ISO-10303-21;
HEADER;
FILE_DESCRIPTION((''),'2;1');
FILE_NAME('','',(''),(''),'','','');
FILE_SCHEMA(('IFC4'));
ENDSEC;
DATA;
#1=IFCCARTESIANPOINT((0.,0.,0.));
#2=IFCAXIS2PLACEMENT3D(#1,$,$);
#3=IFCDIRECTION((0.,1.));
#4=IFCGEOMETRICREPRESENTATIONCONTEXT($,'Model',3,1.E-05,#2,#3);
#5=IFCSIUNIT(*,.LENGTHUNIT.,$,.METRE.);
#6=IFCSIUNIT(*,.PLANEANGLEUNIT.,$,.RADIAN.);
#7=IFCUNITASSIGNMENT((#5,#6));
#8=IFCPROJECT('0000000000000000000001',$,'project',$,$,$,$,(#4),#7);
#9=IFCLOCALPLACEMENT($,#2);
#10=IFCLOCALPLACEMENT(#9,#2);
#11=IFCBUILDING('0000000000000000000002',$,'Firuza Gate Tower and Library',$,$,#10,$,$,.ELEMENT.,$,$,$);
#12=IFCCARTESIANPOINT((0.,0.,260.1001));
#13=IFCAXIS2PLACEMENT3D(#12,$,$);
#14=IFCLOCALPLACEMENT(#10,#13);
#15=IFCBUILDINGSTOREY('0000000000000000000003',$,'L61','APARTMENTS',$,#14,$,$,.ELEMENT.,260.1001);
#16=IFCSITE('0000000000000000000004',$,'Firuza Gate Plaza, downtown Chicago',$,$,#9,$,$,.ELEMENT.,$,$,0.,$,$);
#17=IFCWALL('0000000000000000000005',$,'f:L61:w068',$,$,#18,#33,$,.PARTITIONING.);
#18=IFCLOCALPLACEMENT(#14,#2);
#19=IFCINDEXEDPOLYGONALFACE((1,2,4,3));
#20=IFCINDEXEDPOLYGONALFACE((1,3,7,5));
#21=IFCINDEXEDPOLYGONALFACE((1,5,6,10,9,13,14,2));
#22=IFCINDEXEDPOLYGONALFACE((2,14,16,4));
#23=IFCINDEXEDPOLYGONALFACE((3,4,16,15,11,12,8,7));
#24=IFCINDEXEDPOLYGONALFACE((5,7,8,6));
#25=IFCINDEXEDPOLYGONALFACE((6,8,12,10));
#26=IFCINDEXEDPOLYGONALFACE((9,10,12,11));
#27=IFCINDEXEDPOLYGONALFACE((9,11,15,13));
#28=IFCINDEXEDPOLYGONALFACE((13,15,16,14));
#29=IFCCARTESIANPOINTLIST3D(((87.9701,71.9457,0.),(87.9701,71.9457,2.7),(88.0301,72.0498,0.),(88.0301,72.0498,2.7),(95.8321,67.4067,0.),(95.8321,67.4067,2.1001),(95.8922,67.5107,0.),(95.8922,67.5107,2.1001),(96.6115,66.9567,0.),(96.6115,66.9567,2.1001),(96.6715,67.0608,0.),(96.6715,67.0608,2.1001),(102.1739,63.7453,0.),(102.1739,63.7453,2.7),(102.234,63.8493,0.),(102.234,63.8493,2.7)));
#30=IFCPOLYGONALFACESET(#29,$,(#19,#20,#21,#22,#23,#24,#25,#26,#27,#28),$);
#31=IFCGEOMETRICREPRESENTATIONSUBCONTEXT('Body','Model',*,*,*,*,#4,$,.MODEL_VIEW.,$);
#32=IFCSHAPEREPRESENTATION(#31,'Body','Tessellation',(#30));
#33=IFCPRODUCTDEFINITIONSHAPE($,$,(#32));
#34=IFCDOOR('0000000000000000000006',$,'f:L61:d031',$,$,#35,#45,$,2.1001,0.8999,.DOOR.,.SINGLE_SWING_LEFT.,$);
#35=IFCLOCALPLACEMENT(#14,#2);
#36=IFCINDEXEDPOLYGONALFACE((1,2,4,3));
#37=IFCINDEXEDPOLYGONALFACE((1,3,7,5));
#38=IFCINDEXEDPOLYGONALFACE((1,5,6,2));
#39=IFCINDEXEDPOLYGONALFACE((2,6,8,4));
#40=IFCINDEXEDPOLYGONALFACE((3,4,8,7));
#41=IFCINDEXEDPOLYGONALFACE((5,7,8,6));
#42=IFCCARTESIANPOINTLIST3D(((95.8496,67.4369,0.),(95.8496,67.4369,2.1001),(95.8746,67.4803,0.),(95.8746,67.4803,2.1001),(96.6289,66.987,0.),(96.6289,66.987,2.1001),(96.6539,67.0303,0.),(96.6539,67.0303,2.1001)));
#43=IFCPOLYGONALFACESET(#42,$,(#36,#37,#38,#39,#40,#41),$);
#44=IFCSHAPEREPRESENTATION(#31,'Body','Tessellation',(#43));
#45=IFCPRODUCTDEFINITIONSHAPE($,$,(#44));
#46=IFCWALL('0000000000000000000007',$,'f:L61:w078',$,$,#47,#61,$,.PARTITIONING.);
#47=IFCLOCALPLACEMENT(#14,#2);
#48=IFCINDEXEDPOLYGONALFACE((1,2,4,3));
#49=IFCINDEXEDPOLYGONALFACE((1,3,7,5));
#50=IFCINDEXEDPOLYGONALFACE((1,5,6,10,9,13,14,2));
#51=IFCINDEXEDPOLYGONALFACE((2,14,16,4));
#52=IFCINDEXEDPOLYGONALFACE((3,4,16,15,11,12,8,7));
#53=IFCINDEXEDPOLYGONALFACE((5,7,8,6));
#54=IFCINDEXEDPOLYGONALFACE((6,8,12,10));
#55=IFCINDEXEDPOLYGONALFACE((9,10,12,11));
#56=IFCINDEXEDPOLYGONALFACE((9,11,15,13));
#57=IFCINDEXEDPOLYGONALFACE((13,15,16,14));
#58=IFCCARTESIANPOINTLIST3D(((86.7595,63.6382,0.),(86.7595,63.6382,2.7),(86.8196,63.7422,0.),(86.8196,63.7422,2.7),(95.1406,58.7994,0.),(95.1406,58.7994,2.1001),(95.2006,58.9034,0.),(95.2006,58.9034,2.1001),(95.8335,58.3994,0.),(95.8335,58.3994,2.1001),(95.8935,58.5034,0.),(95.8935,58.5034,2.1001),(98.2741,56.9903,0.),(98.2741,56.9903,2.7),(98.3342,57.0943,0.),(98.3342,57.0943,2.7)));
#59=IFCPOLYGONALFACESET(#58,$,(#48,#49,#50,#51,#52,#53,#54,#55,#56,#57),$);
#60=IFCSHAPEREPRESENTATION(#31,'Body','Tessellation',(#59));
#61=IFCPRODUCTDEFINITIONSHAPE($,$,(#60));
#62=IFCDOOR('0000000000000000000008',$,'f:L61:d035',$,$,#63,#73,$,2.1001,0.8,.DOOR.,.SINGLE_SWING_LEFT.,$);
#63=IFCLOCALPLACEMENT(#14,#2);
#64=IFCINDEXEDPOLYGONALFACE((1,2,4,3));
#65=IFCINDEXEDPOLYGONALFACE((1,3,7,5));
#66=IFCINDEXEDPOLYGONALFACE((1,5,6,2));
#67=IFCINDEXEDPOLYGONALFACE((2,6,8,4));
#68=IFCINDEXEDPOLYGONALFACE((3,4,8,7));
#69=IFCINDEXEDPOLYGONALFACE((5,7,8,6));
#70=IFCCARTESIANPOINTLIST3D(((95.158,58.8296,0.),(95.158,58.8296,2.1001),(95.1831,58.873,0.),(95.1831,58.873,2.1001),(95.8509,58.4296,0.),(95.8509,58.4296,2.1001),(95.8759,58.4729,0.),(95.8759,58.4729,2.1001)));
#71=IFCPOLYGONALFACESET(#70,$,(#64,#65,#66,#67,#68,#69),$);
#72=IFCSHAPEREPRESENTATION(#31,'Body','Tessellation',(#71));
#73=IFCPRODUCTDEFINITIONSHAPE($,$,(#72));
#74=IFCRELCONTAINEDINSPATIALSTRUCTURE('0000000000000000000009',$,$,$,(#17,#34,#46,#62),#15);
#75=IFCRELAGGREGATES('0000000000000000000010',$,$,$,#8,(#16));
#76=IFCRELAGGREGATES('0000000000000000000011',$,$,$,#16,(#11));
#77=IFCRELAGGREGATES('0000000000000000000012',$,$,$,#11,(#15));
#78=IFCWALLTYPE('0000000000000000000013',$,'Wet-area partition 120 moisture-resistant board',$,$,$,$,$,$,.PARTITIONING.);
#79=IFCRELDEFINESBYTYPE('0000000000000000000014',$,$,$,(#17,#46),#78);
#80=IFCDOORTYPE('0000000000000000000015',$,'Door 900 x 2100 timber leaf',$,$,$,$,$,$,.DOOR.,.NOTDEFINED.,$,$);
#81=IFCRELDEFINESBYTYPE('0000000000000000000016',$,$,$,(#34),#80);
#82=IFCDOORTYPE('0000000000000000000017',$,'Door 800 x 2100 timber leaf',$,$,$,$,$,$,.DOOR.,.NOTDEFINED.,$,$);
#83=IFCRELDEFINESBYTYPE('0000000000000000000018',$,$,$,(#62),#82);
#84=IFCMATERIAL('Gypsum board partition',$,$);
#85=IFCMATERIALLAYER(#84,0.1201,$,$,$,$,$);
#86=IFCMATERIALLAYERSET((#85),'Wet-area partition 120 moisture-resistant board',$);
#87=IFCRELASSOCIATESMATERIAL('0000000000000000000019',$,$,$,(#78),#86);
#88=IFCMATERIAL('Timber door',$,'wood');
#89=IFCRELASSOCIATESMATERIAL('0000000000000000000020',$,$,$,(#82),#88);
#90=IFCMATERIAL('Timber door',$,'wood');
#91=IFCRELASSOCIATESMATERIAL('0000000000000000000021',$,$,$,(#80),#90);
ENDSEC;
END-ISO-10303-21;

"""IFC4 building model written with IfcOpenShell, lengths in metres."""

from ifc_helpers import new_model, si_unit, direction, frame, frame_2d, origin, place, context, subcontext, project, spatial, rectangle, extrude, material, layer, layer_set, type_object, element, fill, save


model = new_model("IFC4")

# Units and contexts
model_context = context("Model", 3, precision=1e-05, world=origin(), true_north=direction((0.0, 1.0)))
body_context = subcontext(model_context, "Body", "Model", "MODEL_VIEW")
ifc_project = project(units=[si_unit("LENGTHUNIT", "METRE"), si_unit("PLANEANGLEUNIT", "RADIAN")], contexts=[model_context])

# Site, building, storey
site_placement = place(None, origin())
site = spatial("IfcSite", under=ifc_project, at=site_placement, Name="Firuza Gate Plaza, downtown Chicago", CompositionType="ELEMENT", RefElevation=0.0)
building_placement = place(site_placement, origin())
building = spatial("IfcBuilding", under=site, at=building_placement, Name="Firuza Gate Tower and Library", CompositionType="ELEMENT")
storey_placement = place(building_placement, frame((0.0, 0.0, 260.1001)))
storey = spatial("IfcBuildingStorey", under=building, at=storey_placement, Name="L61", Description="APARTMENTS", CompositionType="ELEMENT", Elevation=260.1001)

# Shared definitions
ifc_material_1 = material(Name="Gypsum board partition")
ifc_layer_1 = layer(ifc_material_1, 0.1201)
ifc_layer_set_1 = layer_set([ifc_layer_1], Name="Wet-area partition 120 moisture-resistant board")
wall_type_1 = type_object("IfcWallType", Name="Wet-area partition 120 moisture-resistant board", PredefinedType="PARTITIONING", material=ifc_layer_set_1)
ifc_material_2 = material(Name="Timber door", Category="wood")
door_type_1 = type_object("IfcDoorType", Name="Door 800 x 2100 timber leaf", OperationType="NOTDEFINED", PredefinedType="DOOR", material=ifc_material_2)
ifc_material_3 = material(Name="Timber door", Category="wood")
door_type_2 = type_object("IfcDoorType", Name="Door 900 x 2100 timber leaf", OperationType="NOTDEFINED", PredefinedType="DOOR", material=ifc_material_3)

# Walls, openings, doors
wall_1_placement = place(storey_placement, frame((88.0, 71.9978, 0.0), z_axis=(0.0, 0.0, 1.0), x_axis=(0.86603, -0.499993, 0.0)))
wall_1 = element("IfcWall", 1, at=wall_1_placement, inside=storey, type_object=wall_type_1, Name="f:L61:w068", PredefinedType="PARTITIONING", context=body_context, shape_type="SweptSolid", body=[
    extrude(rectangle(XDim=16.4011, YDim=0.1201, at=frame_2d((8.2007, 0.0))), origin(), (0.0, 0.0, 1.0), 2.7),
])
opening_1_placement = place(wall_1_placement, frame((9.0784, 0.0, 0.0)))
opening_1 = element("IfcOpeningElement", 2, at=opening_1_placement, cuts=wall_1, PredefinedType="OPENING", context=body_context, shape_type="SweptSolid", body=[
    extrude(rectangle(XDim=0.8999, YDim=2.1001, at=frame_2d((0.45, 1.05))), frame((0.0, 0.0701, 0.0), z_axis=(0.0, -1.0, 0.0), x_axis=(1.0, 0.0, 0.0)), (0.0, 0.0, 1.0), 0.1401),
])
door_1_placement = place(opening_1_placement, origin())
door_1 = element("IfcDoor", 3, at=door_1_placement, inside=storey, type_object=door_type_2, Name="f:L61:d031", OperationType="SINGLE_SWING_LEFT", OverallHeight=2.1001, OverallWidth=0.8999, PredefinedType="DOOR", context=body_context, shape_type="SweptSolid", body=[
    extrude(rectangle(XDim=0.8999, YDim=2.1001, at=frame_2d((0.45, 1.05))), frame((0.0, 0.0249, 0.0), z_axis=(0.0, -1.0, 0.0), x_axis=(1.0, 0.0, 0.0)), (0.0, 0.0, 1.0), 0.05),
])
fill(opening_1, door_1)
wall_2_placement = place(storey_placement, frame((86.7896, 63.6902, 0.0), z_axis=(0.0, 0.0, 1.0), x_axis=(0.866027, -0.499998, 0.0)))
wall_2 = element("IfcWall", 4, at=wall_2_placement, inside=storey, type_object=wall_type_1, Name="f:L61:w078", PredefinedType="PARTITIONING", context=body_context, shape_type="SweptSolid", body=[
    extrude(rectangle(XDim=13.2959, YDim=0.1201, at=frame_2d((6.6479, 0.0))), origin(), (0.0, 0.0, 1.0), 2.7),
])
opening_2_placement = place(wall_2_placement, frame((9.6777, 0.0, 0.0)))
opening_2 = element("IfcOpeningElement", 5, at=opening_2_placement, cuts=wall_2, PredefinedType="OPENING", context=body_context, shape_type="SweptSolid", body=[
    extrude(rectangle(XDim=0.8, YDim=2.1001, at=frame_2d((0.3999, 1.05))), frame((0.0, 0.0701, 0.0), z_axis=(0.0, -1.0, 0.0), x_axis=(1.0, 0.0, 0.0)), (0.0, 0.0, 1.0), 0.1401),
])
door_2_placement = place(opening_2_placement, origin())
door_2 = element("IfcDoor", 6, at=door_2_placement, inside=storey, type_object=door_type_1, Name="f:L61:d035", OperationType="SINGLE_SWING_LEFT", OverallHeight=2.1001, OverallWidth=0.8, PredefinedType="DOOR", context=body_context, shape_type="SweptSolid", body=[
    extrude(rectangle(XDim=0.8, YDim=2.1001, at=frame_2d((0.3999, 1.05))), frame((0.0, 0.0249, 0.0), z_axis=(0.0, -1.0, 0.0), x_axis=(1.0, 0.0, 0.0)), (0.0, 0.0, 1.0), 0.05),
])
fill(opening_2, door_2)

save(model, "model.ifc")
